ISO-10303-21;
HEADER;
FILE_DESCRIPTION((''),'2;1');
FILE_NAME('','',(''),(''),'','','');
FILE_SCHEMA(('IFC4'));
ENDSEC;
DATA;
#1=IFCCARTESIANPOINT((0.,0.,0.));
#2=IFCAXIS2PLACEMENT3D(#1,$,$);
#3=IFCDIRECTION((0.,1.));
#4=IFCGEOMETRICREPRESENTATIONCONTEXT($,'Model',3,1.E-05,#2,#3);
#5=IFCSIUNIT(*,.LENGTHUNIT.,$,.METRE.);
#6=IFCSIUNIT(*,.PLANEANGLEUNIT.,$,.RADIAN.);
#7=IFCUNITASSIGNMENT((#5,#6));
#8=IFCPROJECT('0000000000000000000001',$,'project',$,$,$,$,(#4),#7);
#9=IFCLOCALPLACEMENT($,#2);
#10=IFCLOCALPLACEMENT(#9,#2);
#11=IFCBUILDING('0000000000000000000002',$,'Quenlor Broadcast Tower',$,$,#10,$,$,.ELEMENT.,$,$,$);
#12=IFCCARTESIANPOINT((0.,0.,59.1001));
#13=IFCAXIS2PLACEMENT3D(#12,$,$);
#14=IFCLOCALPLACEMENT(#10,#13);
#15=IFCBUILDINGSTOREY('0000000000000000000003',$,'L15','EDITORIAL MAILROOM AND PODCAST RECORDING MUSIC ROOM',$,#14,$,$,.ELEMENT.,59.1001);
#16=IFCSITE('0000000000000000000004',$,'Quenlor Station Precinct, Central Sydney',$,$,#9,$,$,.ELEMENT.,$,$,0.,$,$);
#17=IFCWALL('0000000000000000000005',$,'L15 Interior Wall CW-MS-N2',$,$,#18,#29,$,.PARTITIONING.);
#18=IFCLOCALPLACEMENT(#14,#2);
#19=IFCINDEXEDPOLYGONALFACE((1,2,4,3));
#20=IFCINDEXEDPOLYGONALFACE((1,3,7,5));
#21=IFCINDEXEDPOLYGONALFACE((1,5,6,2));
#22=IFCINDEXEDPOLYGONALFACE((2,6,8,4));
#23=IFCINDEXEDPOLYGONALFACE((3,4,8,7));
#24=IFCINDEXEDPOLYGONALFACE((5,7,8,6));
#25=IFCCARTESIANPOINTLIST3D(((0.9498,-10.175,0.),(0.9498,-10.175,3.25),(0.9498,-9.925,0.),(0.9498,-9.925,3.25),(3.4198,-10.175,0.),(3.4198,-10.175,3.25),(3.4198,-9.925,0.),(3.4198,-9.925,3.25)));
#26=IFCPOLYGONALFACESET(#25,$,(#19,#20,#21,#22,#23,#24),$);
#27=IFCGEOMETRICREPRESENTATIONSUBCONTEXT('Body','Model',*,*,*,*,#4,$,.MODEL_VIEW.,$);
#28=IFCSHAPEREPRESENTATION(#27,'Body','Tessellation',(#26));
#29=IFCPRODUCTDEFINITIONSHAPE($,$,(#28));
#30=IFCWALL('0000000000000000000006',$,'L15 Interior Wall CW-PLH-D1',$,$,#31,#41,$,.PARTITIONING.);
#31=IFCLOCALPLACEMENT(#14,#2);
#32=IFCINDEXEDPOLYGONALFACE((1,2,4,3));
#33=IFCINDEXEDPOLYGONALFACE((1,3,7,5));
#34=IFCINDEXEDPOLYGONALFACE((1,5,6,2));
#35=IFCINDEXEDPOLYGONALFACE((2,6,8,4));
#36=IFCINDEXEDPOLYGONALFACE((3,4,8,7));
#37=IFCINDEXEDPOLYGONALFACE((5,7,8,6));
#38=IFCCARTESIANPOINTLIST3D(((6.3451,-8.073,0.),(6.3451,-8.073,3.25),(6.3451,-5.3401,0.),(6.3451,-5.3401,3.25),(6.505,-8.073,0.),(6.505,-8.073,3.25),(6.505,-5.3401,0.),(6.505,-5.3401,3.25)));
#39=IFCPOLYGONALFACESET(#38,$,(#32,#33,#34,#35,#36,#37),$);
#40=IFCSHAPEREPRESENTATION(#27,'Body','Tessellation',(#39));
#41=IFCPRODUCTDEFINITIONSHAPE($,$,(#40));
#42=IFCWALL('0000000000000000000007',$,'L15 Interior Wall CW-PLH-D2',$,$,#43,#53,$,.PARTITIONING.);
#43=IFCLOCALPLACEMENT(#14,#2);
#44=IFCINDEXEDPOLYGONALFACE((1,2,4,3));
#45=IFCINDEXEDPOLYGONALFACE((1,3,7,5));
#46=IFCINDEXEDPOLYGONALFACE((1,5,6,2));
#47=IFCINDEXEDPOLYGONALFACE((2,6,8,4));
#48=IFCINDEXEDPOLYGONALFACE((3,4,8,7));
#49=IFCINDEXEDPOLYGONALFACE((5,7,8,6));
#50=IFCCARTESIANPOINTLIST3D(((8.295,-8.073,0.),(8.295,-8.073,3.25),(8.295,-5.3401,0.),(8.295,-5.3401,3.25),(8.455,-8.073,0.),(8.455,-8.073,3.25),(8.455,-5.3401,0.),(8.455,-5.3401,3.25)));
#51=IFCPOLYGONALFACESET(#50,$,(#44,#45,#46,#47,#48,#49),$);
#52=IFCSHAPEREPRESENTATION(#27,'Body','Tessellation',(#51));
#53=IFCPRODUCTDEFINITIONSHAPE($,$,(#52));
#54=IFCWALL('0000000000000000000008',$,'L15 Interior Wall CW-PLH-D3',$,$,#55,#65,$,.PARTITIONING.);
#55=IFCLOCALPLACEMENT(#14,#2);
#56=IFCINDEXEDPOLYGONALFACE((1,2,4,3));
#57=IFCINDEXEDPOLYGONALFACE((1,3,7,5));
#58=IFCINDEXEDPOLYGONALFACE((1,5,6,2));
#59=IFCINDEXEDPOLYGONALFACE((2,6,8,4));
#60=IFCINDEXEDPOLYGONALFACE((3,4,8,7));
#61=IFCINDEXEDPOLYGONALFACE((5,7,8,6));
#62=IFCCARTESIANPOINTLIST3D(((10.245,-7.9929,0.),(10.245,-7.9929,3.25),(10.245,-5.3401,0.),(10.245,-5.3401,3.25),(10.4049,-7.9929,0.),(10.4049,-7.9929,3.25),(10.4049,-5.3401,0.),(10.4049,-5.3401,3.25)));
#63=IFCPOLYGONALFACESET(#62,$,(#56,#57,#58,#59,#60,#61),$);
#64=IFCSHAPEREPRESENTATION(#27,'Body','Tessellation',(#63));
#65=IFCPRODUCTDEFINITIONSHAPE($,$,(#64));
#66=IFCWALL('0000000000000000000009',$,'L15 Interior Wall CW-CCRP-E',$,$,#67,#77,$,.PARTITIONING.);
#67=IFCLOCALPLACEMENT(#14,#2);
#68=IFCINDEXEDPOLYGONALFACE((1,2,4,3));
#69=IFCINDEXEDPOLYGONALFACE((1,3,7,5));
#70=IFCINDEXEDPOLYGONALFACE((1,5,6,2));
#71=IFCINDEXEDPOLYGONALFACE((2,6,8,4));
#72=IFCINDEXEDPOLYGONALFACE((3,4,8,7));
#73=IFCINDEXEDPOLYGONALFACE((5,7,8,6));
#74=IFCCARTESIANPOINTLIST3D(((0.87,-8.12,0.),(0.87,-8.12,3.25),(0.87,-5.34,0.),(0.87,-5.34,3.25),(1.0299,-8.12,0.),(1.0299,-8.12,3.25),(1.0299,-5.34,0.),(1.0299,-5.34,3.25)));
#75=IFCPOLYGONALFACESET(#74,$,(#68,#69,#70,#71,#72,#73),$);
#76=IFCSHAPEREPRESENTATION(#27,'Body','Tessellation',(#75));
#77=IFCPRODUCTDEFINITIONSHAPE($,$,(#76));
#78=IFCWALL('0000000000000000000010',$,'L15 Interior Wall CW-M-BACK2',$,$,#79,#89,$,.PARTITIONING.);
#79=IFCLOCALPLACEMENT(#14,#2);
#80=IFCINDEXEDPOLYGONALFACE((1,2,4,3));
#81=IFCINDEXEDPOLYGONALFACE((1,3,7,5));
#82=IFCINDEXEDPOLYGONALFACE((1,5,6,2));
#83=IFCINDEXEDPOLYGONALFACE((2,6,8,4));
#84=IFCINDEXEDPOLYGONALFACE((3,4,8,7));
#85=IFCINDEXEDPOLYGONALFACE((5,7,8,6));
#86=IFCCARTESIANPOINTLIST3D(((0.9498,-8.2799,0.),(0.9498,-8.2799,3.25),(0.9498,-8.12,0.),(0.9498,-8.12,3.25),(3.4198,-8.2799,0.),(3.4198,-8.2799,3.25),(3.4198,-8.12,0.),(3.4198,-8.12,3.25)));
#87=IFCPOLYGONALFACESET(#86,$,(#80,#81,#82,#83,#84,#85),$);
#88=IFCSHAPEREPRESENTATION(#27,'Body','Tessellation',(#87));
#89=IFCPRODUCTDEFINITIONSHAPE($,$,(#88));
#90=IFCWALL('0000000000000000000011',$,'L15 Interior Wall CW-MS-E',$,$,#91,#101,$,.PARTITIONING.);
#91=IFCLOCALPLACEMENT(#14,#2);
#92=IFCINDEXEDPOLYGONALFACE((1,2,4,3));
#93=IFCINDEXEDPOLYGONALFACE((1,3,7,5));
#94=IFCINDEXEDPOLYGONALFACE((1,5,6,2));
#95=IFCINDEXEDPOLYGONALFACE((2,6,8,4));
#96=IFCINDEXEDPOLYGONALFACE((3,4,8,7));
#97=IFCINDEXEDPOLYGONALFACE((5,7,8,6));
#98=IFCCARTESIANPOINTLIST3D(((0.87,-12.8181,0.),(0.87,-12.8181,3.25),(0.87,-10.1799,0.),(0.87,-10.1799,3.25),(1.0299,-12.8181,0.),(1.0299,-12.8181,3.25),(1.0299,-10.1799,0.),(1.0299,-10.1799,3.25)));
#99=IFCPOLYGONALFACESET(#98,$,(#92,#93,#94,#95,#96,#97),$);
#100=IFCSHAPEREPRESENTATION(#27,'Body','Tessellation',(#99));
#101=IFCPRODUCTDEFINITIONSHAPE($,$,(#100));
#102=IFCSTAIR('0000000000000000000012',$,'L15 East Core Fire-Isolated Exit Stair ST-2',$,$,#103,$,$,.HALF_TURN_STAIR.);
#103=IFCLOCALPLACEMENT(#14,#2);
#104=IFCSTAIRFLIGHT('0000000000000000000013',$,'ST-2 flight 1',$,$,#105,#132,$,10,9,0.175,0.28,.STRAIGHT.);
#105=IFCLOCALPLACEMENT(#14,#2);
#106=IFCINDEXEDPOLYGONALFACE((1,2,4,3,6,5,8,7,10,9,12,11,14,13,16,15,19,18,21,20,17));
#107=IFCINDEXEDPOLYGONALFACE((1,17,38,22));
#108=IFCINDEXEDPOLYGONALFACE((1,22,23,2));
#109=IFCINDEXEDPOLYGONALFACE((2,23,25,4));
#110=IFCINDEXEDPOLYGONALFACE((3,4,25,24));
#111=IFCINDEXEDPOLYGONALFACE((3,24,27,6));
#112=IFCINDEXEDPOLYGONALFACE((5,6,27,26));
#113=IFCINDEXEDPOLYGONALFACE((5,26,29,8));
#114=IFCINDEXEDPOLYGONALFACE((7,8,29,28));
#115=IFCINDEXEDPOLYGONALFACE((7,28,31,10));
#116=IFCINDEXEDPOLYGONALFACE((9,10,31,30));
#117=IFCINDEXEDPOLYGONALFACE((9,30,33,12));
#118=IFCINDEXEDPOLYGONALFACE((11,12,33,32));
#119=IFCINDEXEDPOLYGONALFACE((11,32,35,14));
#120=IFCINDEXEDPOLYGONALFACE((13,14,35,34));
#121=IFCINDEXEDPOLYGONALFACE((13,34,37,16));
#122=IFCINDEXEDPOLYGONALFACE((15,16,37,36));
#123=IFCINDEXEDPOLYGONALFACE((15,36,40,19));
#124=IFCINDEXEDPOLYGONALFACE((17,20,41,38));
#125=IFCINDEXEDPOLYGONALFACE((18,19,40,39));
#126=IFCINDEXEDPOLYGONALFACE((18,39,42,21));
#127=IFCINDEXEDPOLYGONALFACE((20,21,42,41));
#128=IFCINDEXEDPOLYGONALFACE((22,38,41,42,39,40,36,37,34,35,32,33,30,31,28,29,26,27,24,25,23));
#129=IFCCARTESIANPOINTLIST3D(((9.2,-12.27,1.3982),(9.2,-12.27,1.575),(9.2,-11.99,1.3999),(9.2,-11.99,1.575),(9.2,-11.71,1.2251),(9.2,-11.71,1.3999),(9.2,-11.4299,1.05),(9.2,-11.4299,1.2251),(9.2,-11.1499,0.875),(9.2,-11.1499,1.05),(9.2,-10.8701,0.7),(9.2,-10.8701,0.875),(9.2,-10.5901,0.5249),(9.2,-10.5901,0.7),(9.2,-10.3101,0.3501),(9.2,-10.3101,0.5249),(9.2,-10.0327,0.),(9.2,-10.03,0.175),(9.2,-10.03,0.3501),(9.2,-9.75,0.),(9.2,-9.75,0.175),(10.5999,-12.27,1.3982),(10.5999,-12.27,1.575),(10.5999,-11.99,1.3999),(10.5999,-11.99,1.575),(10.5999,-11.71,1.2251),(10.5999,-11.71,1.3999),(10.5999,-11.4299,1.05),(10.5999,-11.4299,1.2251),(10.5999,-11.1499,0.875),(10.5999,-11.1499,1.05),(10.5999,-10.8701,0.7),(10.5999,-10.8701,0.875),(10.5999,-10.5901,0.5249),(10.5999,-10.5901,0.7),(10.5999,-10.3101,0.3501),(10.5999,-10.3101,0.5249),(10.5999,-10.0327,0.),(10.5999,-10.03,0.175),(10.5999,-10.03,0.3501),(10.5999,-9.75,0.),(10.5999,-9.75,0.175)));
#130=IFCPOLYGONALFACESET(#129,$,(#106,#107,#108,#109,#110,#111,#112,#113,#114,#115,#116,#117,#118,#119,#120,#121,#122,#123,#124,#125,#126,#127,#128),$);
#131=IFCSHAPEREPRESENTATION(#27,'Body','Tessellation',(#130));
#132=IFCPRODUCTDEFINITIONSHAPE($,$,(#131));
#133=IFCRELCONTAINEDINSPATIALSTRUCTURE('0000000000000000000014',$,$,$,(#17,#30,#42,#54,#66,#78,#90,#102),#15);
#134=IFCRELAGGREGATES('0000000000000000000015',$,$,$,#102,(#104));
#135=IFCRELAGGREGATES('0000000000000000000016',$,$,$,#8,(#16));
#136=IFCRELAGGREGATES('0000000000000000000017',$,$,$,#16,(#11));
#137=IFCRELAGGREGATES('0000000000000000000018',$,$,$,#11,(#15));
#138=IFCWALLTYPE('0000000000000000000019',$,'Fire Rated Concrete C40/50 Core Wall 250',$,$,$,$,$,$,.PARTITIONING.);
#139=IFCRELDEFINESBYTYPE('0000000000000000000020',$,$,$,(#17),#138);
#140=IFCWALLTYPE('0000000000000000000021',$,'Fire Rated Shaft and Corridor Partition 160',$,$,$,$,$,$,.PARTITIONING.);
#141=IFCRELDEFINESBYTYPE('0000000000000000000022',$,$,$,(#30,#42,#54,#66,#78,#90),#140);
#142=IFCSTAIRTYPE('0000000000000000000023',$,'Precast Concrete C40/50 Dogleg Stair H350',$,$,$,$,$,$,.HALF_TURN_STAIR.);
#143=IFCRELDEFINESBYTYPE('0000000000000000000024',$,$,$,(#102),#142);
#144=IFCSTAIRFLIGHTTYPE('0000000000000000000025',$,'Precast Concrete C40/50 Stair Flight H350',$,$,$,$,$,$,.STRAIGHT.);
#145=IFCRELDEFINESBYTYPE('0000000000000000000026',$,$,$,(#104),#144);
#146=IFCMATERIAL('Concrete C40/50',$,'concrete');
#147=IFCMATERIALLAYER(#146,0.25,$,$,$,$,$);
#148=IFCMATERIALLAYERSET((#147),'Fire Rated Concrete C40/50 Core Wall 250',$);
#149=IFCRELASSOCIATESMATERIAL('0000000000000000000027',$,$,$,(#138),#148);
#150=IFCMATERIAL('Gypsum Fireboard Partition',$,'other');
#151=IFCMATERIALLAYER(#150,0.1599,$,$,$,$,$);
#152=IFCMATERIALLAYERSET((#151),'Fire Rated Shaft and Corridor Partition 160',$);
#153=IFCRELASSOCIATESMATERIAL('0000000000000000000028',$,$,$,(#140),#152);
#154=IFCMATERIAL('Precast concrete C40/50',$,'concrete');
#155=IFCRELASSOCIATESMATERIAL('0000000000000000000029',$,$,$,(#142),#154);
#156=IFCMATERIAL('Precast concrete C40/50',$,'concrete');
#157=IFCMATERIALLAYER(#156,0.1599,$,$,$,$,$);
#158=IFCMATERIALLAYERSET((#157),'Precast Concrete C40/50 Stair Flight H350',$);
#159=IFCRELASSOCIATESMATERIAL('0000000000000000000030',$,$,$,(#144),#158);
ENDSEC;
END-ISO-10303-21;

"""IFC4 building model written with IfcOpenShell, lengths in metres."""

from ifc_helpers import new_model, si_unit, direction, frame, frame_2d, origin, place, context, subcontext, project, spatial, polyline, rectangle, outline, extrude, material, layer, layer_set, type_object, element, aggregate, save


model = new_model("IFC4")

# Units and contexts
model_context = context("Model", 3, precision=1e-05, world=origin(), true_north=direction((0.0, 1.0)))
body_context = subcontext(model_context, "Body", "Model", "MODEL_VIEW")
ifc_project = project(units=[si_unit("LENGTHUNIT", "METRE"), si_unit("PLANEANGLEUNIT", "RADIAN")], contexts=[model_context])

# Site, building, storey
site_placement = place(None, origin())
site = spatial("IfcSite", under=ifc_project, at=site_placement, Name="Quenlor Station Precinct, Central Sydney", CompositionType="ELEMENT", RefElevation=0.0)
building_placement = place(site_placement, origin())
building = spatial("IfcBuilding", under=site, at=building_placement, Name="Quenlor Broadcast Tower", CompositionType="ELEMENT")
storey_placement = place(building_placement, frame((0.0, 0.0, 59.1001)))
storey = spatial("IfcBuildingStorey", under=building, at=storey_placement, Name="L15", Description="EDITORIAL MAILROOM AND PODCAST RECORDING MUSIC ROOM", CompositionType="ELEMENT", Elevation=59.1001)

# Shared definitions
ifc_material_1 = material(Name="Concrete C40/50", Category="concrete")
ifc_layer_1 = layer(ifc_material_1, 0.25)
ifc_layer_set_1 = layer_set([ifc_layer_1], Name="Fire Rated Concrete C40/50 Core Wall 250")
wall_type_1 = type_object("IfcWallType", Name="Fire Rated Concrete C40/50 Core Wall 250", PredefinedType="PARTITIONING", material=ifc_layer_set_1)

# Walls
wall_1_placement = place(storey_placement, frame((0.95, -10.05, 0.0), z_axis=(0.0, 0.0, 1.0), x_axis=(1.0, 0.0, 0.0)))
element("IfcWall", 1, at=wall_1_placement, inside=storey, type_object=wall_type_1, Name="L15 Interior Wall CW-MS-N2", PredefinedType="PARTITIONING", context=body_context, shape_type="SweptSolid", body=[
    extrude(rectangle(XDim=2.47, YDim=0.25, at=frame_2d((1.2349, 0.0))), origin(), (0.0, 0.0, 1.0), 3.25),
])
ifc_material_2 = material(Name="Gypsum Fireboard Partition", Category="other")
ifc_layer_2 = layer(ifc_material_2, 0.1599)
ifc_layer_set_2 = layer_set([ifc_layer_2], Name="Fire Rated Shaft and Corridor Partition 160")
wall_type_2 = type_object("IfcWallType", Name="Fire Rated Shaft and Corridor Partition 160", PredefinedType="PARTITIONING", material=ifc_layer_set_2)
for number, where, z_axis, x_axis, name in (
    (2, (6.425, -8.073, 0.0), (0.0, 0.0, 1.0), (0.0, 1.0, 0.0), "L15 Interior Wall CW-PLH-D1"),
    (3, (8.375, -8.073, 0.0), (0.0, 0.0, 1.0), (0.0, 1.0, 0.0), "L15 Interior Wall CW-PLH-D2"),
):
    element("IfcWall", number, at=place(storey_placement, frame(where, z_axis=z_axis, x_axis=x_axis)), inside=storey, type_object=wall_type_2, Name=name, PredefinedType="PARTITIONING", context=body_context, shape_type="SweptSolid", body=[
        extrude(rectangle(XDim=2.7329, YDim=0.1599, at=frame_2d((1.3665, 0.0))), origin(), (0.0, 0.0, 1.0), 3.25),
    ])
wall_2_placement = place(storey_placement, frame((10.325, -7.9929, 0.0), z_axis=(0.0, 0.0, 1.0), x_axis=(0.0, 1.0, 0.0)))
element("IfcWall", 4, at=wall_2_placement, inside=storey, type_object=wall_type_2, Name="L15 Interior Wall CW-PLH-D3", PredefinedType="PARTITIONING", context=body_context, shape_type="SweptSolid", body=[
    extrude(rectangle(XDim=2.6528, YDim=0.1599, at=frame_2d((1.3264, 0.0))), origin(), (0.0, 0.0, 1.0), 3.25),
])
wall_3_placement = place(storey_placement, frame((0.95, -8.1201, 0.0), z_axis=(0.0, 0.0, 1.0), x_axis=(0.0, 1.0, 0.0)))
element("IfcWall", 5, at=wall_3_placement, inside=storey, type_object=wall_type_2, Name="L15 Interior Wall CW-CCRP-E", PredefinedType="PARTITIONING", context=body_context, shape_type="SweptSolid", body=[
    extrude(rectangle(XDim=2.78, YDim=0.1599, at=frame_2d((1.3901, 0.0))), origin(), (0.0, 0.0, 1.0), 3.25),
])
wall_4_placement = place(storey_placement, frame((0.95, -8.2, 0.0), z_axis=(0.0, 0.0, 1.0), x_axis=(1.0, 0.0, 0.0)))
element("IfcWall", 6, at=wall_4_placement, inside=storey, type_object=wall_type_2, Name="L15 Interior Wall CW-M-BACK2", PredefinedType="PARTITIONING", context=body_context, shape_type="SweptSolid", body=[
    extrude(rectangle(XDim=2.47, YDim=0.1599, at=frame_2d((1.2349, 0.0))), origin(), (0.0, 0.0, 1.0), 3.25),
])
wall_5_placement = place(storey_placement, frame((0.95, -12.8181, 0.0), z_axis=(0.0, 0.0, 1.0), x_axis=(0.0, 1.0, 0.0)))
element("IfcWall", 7, at=wall_5_placement, inside=storey, type_object=wall_type_2, Name="L15 Interior Wall CW-MS-E", PredefinedType="PARTITIONING", context=body_context, shape_type="SweptSolid", body=[
    extrude(rectangle(XDim=2.6382, YDim=0.1599, at=frame_2d((1.3191, 0.0))), origin(), (0.0, 0.0, 1.0), 3.25),
])

# Stair, stair flight
ifc_material_3 = material(Name="Precast concrete C40/50", Category="concrete")
stair_type = type_object("IfcStairType", Name="Precast Concrete C40/50 Dogleg Stair H350", PredefinedType="HALF_TURN_STAIR", material=ifc_material_3)
stair_placement = place(storey_placement, origin())
stair = element("IfcStair", 8, at=stair_placement, inside=storey, type_object=stair_type, Name="L15 East Core Fire-Isolated Exit Stair ST-2", PredefinedType="HALF_TURN_STAIR")
ifc_material_4 = material(Name="Precast concrete C40/50", Category="concrete")
ifc_layer_3 = layer(ifc_material_4, 0.1599)
ifc_layer_set_3 = layer_set([ifc_layer_3], Name="Precast Concrete C40/50 Stair Flight H350")
stair_flight_type = type_object("IfcStairFlightType", Name="Precast Concrete C40/50 Stair Flight H350", PredefinedType="STRAIGHT", material=ifc_layer_set_3)
stair_flight_placement = place(storey_placement, frame((9.8999, -9.75, 0.0), z_axis=(0.0, 0.0, 1.0), x_axis=(0.0, -1.0, 0.0)))
stair_flight = element("IfcStairFlight", 9, at=stair_flight_placement, type_object=stair_flight_type, Name="ST-2 flight 1", NumberOfRisers=10, NumberOfTreads=9, PredefinedType="STRAIGHT", RiserHeight=0.175, TreadLength=0.28, context=body_context, shape_type="SweptSolid", body=[
    extrude(outline(polyline([(0.0, 0.0), (0.0, 0.175), (0.28, 0.175), (0.28, 0.3501), (0.5601, 0.3501), (0.5601, 0.5249), (0.8401, 0.5249), (0.8401, 0.7), (1.1201, 0.7), (1.1201, 0.875), (1.3999, 0.875), (1.3999, 1.05), (1.6799, 1.05), (1.6799, 1.2251), (1.96, 1.2251), (1.96, 1.3999), (2.24, 1.3999), (2.24, 1.575), (2.52, 1.575), (2.52, 1.75), (2.52, 1.3982), (0.2827, 0.0), (0.0, 0.0)])), frame((0.0, 0.7, 0.0), z_axis=(0.0, -1.0, 0.0), x_axis=(1.0, 0.0, 0.0)), (0.0, 0.0, 1.0), 1.3999),
])
aggregate(stair, [stair_flight])

save(model, "model.ifc")
